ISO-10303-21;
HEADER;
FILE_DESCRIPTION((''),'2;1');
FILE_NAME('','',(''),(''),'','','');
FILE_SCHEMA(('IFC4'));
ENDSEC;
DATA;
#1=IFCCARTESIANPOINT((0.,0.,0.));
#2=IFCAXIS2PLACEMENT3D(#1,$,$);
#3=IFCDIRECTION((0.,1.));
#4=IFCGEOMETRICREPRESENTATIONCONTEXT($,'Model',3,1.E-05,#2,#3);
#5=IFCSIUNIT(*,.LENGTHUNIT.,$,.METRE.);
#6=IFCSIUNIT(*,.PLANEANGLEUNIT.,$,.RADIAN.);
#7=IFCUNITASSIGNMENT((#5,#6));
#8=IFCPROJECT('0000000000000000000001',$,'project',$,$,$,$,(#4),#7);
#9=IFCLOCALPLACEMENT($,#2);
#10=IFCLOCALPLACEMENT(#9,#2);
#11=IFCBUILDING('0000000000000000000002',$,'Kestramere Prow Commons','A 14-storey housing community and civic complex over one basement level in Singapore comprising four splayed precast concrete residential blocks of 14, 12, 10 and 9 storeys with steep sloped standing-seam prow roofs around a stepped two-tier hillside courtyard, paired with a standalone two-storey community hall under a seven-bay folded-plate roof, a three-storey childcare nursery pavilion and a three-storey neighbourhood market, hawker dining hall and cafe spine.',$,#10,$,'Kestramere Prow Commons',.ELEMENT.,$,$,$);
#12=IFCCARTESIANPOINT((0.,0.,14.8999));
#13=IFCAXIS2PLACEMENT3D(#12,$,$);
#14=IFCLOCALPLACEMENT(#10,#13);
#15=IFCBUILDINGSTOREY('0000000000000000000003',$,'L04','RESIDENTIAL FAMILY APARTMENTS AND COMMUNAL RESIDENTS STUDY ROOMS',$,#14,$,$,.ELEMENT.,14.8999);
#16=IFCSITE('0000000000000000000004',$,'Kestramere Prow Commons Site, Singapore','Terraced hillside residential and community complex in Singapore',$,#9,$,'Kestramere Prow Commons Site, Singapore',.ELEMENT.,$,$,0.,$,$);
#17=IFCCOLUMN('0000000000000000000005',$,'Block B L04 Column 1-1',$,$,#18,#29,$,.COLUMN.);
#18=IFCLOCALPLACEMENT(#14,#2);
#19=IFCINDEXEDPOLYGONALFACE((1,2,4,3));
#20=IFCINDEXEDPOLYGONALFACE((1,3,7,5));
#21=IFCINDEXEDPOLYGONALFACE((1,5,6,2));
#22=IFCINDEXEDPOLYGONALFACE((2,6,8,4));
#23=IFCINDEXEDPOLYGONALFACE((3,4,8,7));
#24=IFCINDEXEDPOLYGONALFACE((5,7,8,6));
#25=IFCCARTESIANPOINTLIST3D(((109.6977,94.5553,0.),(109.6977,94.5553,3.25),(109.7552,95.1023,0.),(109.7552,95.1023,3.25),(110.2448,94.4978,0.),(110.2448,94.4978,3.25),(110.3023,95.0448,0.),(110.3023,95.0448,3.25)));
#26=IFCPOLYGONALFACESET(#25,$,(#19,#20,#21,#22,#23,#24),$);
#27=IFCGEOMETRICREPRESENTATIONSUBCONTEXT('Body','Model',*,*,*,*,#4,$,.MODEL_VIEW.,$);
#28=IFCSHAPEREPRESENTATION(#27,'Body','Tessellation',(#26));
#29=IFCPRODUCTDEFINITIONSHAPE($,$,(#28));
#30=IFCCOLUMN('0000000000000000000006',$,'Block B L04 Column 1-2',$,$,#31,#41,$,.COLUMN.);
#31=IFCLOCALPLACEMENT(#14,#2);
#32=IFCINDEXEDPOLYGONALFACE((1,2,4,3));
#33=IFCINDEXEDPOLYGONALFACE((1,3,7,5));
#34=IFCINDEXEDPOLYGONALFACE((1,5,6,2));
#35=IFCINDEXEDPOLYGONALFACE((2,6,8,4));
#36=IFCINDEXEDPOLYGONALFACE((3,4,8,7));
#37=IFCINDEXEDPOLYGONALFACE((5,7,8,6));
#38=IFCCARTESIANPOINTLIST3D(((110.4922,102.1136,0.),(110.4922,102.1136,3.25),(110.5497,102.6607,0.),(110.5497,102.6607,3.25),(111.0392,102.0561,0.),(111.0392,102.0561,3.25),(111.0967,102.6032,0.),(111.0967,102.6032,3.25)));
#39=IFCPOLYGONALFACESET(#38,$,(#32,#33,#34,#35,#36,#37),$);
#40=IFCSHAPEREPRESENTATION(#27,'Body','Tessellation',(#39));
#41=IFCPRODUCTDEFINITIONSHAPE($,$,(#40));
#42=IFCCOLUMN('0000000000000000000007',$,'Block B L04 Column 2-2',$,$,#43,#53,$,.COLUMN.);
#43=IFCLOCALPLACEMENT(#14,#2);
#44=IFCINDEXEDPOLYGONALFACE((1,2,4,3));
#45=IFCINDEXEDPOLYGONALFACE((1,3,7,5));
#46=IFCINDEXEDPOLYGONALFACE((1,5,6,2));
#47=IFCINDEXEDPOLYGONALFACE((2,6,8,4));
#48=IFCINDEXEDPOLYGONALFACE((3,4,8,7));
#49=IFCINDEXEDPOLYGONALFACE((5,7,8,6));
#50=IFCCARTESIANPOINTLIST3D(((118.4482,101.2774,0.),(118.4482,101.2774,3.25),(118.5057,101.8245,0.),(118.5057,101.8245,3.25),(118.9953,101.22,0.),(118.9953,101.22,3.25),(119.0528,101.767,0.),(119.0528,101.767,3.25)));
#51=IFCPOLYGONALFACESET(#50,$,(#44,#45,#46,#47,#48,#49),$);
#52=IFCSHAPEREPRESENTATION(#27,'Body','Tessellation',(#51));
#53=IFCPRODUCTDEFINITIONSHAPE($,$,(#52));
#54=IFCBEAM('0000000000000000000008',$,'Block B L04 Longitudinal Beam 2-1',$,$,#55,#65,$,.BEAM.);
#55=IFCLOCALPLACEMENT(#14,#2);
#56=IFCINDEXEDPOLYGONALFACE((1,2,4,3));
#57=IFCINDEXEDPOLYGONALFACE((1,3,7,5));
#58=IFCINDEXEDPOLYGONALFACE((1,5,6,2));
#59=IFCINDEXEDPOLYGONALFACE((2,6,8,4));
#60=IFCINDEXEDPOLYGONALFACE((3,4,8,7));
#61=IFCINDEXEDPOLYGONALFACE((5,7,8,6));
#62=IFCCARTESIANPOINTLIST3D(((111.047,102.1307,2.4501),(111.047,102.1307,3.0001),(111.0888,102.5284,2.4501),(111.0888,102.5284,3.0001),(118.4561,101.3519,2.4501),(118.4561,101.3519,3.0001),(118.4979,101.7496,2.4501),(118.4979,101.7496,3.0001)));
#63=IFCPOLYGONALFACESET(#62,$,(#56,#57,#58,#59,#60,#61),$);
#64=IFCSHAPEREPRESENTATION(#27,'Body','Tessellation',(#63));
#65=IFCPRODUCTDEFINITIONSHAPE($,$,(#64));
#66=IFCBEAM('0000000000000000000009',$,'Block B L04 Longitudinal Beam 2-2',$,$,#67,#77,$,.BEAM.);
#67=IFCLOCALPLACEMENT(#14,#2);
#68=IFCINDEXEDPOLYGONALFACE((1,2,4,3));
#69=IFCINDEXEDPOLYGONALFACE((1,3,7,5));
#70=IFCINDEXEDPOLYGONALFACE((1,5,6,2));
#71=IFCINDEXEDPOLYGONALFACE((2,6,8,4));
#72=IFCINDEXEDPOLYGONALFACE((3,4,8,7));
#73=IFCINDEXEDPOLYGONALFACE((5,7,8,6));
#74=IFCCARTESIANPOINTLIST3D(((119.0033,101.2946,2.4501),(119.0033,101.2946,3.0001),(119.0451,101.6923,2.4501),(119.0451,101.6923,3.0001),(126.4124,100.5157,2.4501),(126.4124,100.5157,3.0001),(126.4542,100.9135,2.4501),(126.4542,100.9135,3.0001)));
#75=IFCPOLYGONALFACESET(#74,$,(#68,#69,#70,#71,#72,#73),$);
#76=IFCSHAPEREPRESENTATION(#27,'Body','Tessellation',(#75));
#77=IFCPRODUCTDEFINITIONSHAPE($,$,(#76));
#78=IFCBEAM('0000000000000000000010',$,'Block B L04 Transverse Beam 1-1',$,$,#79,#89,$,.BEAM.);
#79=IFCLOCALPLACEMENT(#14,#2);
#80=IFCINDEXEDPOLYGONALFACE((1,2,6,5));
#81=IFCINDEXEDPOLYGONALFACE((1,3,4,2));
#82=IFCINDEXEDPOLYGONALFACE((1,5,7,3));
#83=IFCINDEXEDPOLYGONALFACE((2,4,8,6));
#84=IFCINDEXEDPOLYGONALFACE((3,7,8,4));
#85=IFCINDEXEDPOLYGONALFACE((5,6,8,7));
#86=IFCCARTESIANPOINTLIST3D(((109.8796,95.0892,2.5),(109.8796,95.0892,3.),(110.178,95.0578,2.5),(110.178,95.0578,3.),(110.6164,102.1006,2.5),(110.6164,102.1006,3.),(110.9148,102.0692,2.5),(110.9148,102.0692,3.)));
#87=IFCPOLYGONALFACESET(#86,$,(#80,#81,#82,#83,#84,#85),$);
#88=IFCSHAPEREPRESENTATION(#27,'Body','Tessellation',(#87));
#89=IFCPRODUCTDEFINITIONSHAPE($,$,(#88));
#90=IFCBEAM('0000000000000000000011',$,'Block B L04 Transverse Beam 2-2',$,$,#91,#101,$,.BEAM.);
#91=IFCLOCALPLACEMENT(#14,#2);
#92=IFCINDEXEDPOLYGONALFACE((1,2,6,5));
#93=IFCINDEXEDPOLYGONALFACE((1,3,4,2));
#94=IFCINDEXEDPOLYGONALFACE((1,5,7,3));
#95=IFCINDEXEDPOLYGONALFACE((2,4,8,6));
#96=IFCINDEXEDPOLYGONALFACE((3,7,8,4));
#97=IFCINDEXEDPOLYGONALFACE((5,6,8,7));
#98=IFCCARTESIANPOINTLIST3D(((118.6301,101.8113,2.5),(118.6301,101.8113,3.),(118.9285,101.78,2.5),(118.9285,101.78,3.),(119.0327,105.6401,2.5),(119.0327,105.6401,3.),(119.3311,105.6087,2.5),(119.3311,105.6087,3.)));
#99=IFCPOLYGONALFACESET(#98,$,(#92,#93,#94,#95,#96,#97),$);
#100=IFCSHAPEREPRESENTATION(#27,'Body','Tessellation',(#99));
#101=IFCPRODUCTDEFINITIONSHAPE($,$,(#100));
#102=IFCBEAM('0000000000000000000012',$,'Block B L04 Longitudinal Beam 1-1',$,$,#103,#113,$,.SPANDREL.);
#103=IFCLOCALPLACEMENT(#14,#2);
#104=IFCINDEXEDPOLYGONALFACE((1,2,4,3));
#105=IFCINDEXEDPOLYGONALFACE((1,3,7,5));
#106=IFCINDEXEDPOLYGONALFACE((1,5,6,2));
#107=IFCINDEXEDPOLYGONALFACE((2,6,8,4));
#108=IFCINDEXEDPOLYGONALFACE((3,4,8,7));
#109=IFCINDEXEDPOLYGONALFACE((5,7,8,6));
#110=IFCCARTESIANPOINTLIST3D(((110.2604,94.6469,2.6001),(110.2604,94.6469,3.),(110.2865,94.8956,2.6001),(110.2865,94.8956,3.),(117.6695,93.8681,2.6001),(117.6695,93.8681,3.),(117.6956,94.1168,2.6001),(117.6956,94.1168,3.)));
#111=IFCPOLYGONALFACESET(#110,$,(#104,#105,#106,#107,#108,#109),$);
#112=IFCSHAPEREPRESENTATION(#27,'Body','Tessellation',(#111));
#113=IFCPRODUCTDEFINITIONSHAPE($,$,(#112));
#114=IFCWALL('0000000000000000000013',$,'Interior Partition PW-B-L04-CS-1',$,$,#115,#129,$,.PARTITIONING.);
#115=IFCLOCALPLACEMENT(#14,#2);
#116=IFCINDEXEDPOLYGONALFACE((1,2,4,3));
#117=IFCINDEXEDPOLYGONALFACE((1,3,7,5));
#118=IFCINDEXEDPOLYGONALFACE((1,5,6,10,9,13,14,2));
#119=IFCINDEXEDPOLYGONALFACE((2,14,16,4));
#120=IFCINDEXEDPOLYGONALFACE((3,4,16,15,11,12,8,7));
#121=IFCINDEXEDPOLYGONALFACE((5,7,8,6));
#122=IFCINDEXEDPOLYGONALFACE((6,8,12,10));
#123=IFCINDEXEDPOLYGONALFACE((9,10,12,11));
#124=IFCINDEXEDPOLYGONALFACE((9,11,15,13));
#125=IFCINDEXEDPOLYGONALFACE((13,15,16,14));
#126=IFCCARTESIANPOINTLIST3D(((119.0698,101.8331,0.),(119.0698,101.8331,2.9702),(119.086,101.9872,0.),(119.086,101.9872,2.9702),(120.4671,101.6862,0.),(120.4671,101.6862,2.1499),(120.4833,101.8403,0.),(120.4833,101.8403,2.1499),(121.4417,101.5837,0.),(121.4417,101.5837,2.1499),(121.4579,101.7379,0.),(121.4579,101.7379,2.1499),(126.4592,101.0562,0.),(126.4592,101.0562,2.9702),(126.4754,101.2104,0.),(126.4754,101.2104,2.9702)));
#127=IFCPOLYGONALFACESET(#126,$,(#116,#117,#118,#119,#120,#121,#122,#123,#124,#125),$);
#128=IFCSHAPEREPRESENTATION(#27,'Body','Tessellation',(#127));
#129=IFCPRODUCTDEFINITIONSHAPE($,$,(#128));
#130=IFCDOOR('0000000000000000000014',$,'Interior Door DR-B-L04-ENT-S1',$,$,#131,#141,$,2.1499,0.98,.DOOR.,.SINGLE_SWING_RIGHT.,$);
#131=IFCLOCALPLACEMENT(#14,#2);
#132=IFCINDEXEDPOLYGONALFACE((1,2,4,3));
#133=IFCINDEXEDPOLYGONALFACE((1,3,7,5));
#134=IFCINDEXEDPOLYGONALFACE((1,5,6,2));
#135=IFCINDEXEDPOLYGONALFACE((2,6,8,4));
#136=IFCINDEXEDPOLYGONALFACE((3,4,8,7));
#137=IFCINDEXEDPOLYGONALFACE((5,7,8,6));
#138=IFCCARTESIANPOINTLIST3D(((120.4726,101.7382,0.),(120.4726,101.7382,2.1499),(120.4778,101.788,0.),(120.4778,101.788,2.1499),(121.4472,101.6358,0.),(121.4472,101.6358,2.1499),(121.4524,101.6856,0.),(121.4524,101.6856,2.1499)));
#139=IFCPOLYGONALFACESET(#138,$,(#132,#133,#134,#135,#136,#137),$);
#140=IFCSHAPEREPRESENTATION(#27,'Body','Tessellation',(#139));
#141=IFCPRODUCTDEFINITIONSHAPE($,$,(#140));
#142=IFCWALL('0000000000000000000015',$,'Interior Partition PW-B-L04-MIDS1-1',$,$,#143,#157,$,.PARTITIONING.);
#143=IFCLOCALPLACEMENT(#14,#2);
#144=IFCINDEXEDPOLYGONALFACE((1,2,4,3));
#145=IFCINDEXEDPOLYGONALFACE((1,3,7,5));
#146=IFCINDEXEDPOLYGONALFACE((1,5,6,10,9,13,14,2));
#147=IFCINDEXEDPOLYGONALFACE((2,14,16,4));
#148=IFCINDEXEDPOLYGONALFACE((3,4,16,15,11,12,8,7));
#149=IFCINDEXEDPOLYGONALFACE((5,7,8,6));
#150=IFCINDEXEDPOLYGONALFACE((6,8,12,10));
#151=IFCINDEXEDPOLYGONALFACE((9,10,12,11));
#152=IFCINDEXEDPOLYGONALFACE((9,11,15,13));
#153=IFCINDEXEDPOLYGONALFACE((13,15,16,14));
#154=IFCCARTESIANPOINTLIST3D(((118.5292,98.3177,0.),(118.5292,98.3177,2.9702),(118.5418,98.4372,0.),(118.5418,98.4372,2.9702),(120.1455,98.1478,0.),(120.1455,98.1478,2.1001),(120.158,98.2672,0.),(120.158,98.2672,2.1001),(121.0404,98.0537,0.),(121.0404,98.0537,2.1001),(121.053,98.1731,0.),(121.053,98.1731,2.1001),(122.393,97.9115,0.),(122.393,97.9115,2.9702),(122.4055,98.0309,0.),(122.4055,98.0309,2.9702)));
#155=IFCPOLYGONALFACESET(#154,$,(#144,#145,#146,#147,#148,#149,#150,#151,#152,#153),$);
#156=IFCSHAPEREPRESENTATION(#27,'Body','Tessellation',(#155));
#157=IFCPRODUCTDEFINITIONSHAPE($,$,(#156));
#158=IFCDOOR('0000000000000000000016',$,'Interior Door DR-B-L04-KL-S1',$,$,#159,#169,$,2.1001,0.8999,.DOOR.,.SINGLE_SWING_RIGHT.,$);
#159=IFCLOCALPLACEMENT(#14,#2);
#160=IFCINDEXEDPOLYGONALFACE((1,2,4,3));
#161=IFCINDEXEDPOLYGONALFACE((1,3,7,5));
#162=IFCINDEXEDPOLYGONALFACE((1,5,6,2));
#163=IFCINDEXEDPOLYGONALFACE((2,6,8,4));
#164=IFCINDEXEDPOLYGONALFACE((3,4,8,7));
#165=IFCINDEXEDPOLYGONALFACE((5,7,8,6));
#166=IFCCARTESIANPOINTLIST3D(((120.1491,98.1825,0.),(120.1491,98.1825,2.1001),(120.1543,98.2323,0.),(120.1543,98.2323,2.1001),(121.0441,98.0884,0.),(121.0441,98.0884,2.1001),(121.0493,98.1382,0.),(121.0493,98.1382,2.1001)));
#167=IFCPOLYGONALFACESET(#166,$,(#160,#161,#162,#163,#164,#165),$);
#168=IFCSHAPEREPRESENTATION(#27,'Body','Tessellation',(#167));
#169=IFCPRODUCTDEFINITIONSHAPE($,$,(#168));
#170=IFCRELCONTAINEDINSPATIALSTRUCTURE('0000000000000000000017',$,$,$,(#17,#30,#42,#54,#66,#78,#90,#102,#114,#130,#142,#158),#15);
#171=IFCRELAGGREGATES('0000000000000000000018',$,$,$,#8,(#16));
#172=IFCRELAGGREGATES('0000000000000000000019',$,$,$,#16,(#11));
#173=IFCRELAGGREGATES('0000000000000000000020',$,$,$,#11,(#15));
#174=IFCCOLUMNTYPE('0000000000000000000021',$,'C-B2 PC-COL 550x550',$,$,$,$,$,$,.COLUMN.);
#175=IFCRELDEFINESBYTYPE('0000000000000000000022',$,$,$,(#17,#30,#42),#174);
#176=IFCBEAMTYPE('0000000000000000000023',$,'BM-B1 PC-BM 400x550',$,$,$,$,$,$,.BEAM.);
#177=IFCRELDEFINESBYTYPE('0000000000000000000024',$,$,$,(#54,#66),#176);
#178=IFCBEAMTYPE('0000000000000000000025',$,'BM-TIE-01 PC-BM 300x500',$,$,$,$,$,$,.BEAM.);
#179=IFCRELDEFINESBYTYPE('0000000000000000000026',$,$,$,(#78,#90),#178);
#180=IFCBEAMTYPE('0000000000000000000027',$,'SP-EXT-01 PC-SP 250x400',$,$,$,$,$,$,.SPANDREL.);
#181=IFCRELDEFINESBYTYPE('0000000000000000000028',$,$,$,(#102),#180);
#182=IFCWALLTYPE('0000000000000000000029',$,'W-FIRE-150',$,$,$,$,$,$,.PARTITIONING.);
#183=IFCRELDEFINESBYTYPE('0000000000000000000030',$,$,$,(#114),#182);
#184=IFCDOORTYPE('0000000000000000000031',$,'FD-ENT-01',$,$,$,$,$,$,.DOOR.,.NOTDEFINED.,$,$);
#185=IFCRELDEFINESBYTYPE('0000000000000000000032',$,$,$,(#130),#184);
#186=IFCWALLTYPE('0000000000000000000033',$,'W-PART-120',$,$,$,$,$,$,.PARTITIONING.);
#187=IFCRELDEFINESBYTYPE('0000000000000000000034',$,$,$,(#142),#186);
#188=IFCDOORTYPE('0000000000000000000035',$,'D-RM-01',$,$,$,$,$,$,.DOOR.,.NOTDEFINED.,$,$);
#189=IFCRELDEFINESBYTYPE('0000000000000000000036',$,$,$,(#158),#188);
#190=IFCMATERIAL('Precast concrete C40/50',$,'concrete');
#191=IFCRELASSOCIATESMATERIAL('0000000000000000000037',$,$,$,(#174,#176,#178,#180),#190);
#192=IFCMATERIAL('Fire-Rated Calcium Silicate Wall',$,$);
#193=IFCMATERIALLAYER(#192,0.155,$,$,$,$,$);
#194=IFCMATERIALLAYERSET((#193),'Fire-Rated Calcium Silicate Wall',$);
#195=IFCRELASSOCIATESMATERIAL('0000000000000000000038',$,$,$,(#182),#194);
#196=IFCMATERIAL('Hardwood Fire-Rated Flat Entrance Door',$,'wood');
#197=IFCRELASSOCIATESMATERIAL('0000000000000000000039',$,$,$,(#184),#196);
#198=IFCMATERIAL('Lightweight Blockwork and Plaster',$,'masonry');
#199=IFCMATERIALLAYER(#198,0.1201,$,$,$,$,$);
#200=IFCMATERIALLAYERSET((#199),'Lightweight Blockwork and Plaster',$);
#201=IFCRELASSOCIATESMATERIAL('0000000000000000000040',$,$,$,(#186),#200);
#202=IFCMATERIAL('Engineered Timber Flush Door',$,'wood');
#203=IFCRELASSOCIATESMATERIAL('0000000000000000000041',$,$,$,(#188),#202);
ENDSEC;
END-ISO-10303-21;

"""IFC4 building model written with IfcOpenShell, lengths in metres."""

from ifc_helpers import new_model, si_unit, direction, frame, frame_2d, origin, origin_2d, place, context, subcontext, project, spatial, rectangle, extrude, material, layer, layer_set, material_profile, profile_set, type_object, element, fill, save


model = new_model("IFC4")

# Units and contexts
model_context = context("Model", 3, precision=1e-05, world=origin(), true_north=direction((0.0, 1.0)))
body_context = subcontext(model_context, "Body", "Model", "MODEL_VIEW")
ifc_project = project(units=[si_unit("LENGTHUNIT", "METRE"), si_unit("PLANEANGLEUNIT", "RADIAN")], contexts=[model_context])

# Site, building, storey
site_placement = place(None, origin())
site = spatial("IfcSite", under=ifc_project, at=site_placement, Name="Kestramere Prow Commons Site, Singapore", Description="Terraced hillside residential and community complex in Singapore", LongName="Kestramere Prow Commons Site, Singapore", CompositionType="ELEMENT", RefElevation=0.0)
building_placement = place(site_placement, origin())
building = spatial("IfcBuilding", under=site, at=building_placement, Name="Kestramere Prow Commons", Description="A 14-storey housing community and civic complex over one basement level in Singapore comprising four splayed precast concrete residential blocks of 14, 12, 10 and 9 storeys with steep sloped standing-seam prow roofs around a stepped two-tier hillside courtyard, paired with a standalone two-storey community hall under a seven-bay folded-plate roof, a three-storey childcare nursery pavilion and a three-storey neighbourhood market, hawker dining hall and cafe spine.", LongName="Kestramere Prow Commons", CompositionType="ELEMENT")
storey_placement = place(building_placement, frame((0.0, 0.0, 14.8999)))
storey = spatial("IfcBuildingStorey", under=building, at=storey_placement, Name="L04", Description="RESIDENTIAL FAMILY APARTMENTS AND COMMUNAL RESIDENTS STUDY ROOMS", CompositionType="ELEMENT", Elevation=14.8999)

# Columns
ifc_material_1 = material(Name="Precast concrete C40/50", Category="concrete")
ifc_material_profile_1 = material_profile(ifc_material_1, rectangle(XDim=0.55, YDim=0.55, at=origin_2d()), Name="PC-COL 550x550")
ifc_profile_set_1 = profile_set([ifc_material_profile_1], Name="Precast concrete C40/50")
column_type = type_object("IfcColumnType", Name="C-B2 PC-COL 550x550", PredefinedType="COLUMN", material=ifc_profile_set_1)
for number, where, z_axis, x_axis, name in (
    (1, (110.0, 94.8, 0.0), (0.0, 0.0, 1.0), (0.994522, -0.104528, 0.0), "Block B L04 Column 1-1"),
    (2, (110.7944, 102.3584, 0.0), (0.0, 0.0, 1.0), (0.994522, -0.104528, 0.0), "Block B L04 Column 1-2"),
    (3, (118.7505, 101.5222, 0.0), (0.0, 0.0, 1.0), (0.994522, -0.104528, 0.0), "Block B L04 Column 2-2"),
):
    element("IfcColumn", number, at=place(storey_placement, frame(where, z_axis=z_axis, x_axis=x_axis)), inside=storey, type_object=column_type, Name=name, PredefinedType="COLUMN", context=body_context, shape_type="SweptSolid", body=[
        extrude(rectangle(XDim=0.55, YDim=0.55, at=origin_2d()), origin(), (0.0, 0.0, 1.0), 3.25),
    ])

# Beams
ifc_material_profile_2 = material_profile(ifc_material_1, rectangle(XDim=0.3999, YDim=0.55, at=origin_2d()), Name="PC-BM 400x550")
ifc_profile_set_2 = profile_set([ifc_material_profile_2], Name="Precast concrete C40/50")
beam_type_1 = type_object("IfcBeamType", Name="BM-B1 PC-BM 400x550", PredefinedType="BEAM", material=ifc_profile_set_2)
for number, where, z_axis, x_axis, name in (
    (4, (111.0679, 102.3296, 2.7251), (0.994521, -0.104538, 0.0), (0.104538, 0.994521, 0.0), "Block B L04 Longitudinal Beam 2-1"),
    (5, (119.0242, 101.4934, 2.7251), (0.994521, -0.104538, 0.0), (0.104538, 0.994521, 0.0), "Block B L04 Longitudinal Beam 2-2"),
):
    element("IfcBeam", number, at=place(storey_placement, frame(where, z_axis=z_axis, x_axis=x_axis)), inside=storey, type_object=beam_type_1, Name=name, PredefinedType="BEAM", context=body_context, shape_type="SweptSolid", body=[
        extrude(rectangle(XDim=0.3999, YDim=0.55, at=origin_2d()), origin(), (0.0, 0.0, 1.0), 7.45),
    ])
ifc_material_profile_3 = material_profile(ifc_material_1, rectangle(XDim=0.3, YDim=0.5, at=origin_2d()), Name="PC-BM 300x500")
ifc_profile_set_3 = profile_set([ifc_material_profile_3], Name="Precast concrete C40/50")
beam_type_2 = type_object("IfcBeamType", Name="BM-TIE-01 PC-BM 300x500", PredefinedType="BEAM", material=ifc_profile_set_3)
beam_1_placement = place(storey_placement, frame((110.0288, 95.0735, 2.75), z_axis=(0.104512, 0.994524, 0.0), x_axis=(-0.994524, 0.104512, 0.0)))
element("IfcBeam", 6, at=beam_1_placement, inside=storey, type_object=beam_type_2, Name="Block B L04 Transverse Beam 1-1", PredefinedType="BEAM", context=body_context, shape_type="SweptSolid", body=[
    extrude(rectangle(XDim=0.3, YDim=0.5, at=origin_2d()), origin(), (0.0, 0.0, 1.0), 7.05),
])
beam_2_placement = place(storey_placement, frame((118.7793, 101.7957, 2.75), z_axis=(0.104569, 0.994518, 0.0), x_axis=(-0.994518, 0.104569, 0.0)))
element("IfcBeam", 7, at=beam_2_placement, inside=storey, type_object=beam_type_2, Name="Block B L04 Transverse Beam 2-2", PredefinedType="BEAM", context=body_context, shape_type="SweptSolid", body=[
    extrude(rectangle(XDim=0.3, YDim=0.5, at=origin_2d()), origin(), (0.0, 0.0, 1.0), 3.8499),
])
ifc_material_profile_4 = material_profile(ifc_material_1, rectangle(XDim=0.25, YDim=0.3999, at=origin_2d()), Name="PC-SP 250x400")
ifc_profile_set_4 = profile_set([ifc_material_profile_4], Name="Precast concrete C40/50")
beam_type_3 = type_object("IfcBeamType", Name="SP-EXT-01 PC-SP 250x400", PredefinedType="SPANDREL", material=ifc_profile_set_4)
beam_3_placement = place(storey_placement, frame((110.2734, 94.7712, 2.8), z_axis=(0.994521, -0.104538, 0.0), x_axis=(0.104538, 0.994521, 0.0)))
element("IfcBeam", 8, at=beam_3_placement, inside=storey, type_object=beam_type_3, Name="Block B L04 Longitudinal Beam 1-1", PredefinedType="SPANDREL", context=body_context, shape_type="SweptSolid", body=[
    extrude(rectangle(XDim=0.25, YDim=0.3999, at=origin_2d()), origin(), (0.0, 0.0, 1.0), 7.45),
])

# Walls, openings, doors
ifc_material_2 = material(Name="Fire-Rated Calcium Silicate Wall")
ifc_layer_1 = layer(ifc_material_2, 0.155)
ifc_layer_set_1 = layer_set([ifc_layer_1], Name="Fire-Rated Calcium Silicate Wall")
wall_type_1 = type_object("IfcWallType", Name="W-FIRE-150", PredefinedType="PARTITIONING", material=ifc_layer_set_1)
wall_1_placement = place(storey_placement, frame((119.0779, 101.9102, 0.0), z_axis=(0.0, 0.0, 1.0), x_axis=(0.994519, -0.104555, 0.0)))
wall_1 = element("IfcWall", 9, at=wall_1_placement, inside=storey, type_object=wall_type_1, Name="Interior Partition PW-B-L04-CS-1", PredefinedType="PARTITIONING", context=body_context, shape_type="SweptSolid", body=[
    extrude(rectangle(XDim=7.4302, YDim=0.155, at=frame_2d((3.7151, 0.0))), origin(), (0.0, 0.0, 1.0), 2.9702),
])
opening_1_placement = place(wall_1_placement, frame((1.405, 0.0, 0.0)))
opening_1 = element("IfcOpeningElement", 10, at=opening_1_placement, cuts=wall_1, PredefinedType="OPENING", context=body_context, shape_type="SweptSolid", body=[
    extrude(rectangle(XDim=0.98, YDim=2.1499, at=frame_2d((0.49, 1.075))), frame((0.0, 0.0925, 0.0), z_axis=(0.0, -1.0, 0.0), x_axis=(1.0, 0.0, 0.0)), (0.0, 0.0, 1.0), 0.1851),
])
ifc_material_3 = material(Name="Hardwood Fire-Rated Flat Entrance Door", Category="wood")
door_type_1 = type_object("IfcDoorType", Name="FD-ENT-01", OperationType="NOTDEFINED", PredefinedType="DOOR", material=ifc_material_3)
door_1_placement = place(opening_1_placement, origin())
door_1 = element("IfcDoor", 11, at=door_1_placement, inside=storey, type_object=door_type_1, Name="Interior Door DR-B-L04-ENT-S1", OperationType="SINGLE_SWING_RIGHT", OverallHeight=2.1499, OverallWidth=0.98, PredefinedType="DOOR", context=body_context, shape_type="SweptSolid", body=[
    extrude(rectangle(XDim=0.98, YDim=2.1499, at=frame_2d((0.49, 1.075))), frame((0.0, 0.0249, 0.0), z_axis=(0.0, -1.0, 0.0), x_axis=(1.0, 0.0, 0.0)), (0.0, 0.0, 1.0), 0.05),
])
fill(opening_1, door_1)
ifc_material_4 = material(Name="Lightweight Blockwork and Plaster", Category="masonry")
ifc_layer_2 = layer(ifc_material_4, 0.1201)
ifc_layer_set_2 = layer_set([ifc_layer_2], Name="Lightweight Blockwork and Plaster")
wall_type_2 = type_object("IfcWallType", Name="W-PART-120", PredefinedType="PARTITIONING", material=ifc_layer_set_2)
wall_2_placement = place(storey_placement, frame((118.5356, 98.3774, 0.0), z_axis=(0.0, 0.0, 1.0), x_axis=(0.994518, -0.104567, 0.0)))
wall_2 = element("IfcWall", 12, at=wall_2_placement, inside=storey, type_object=wall_type_2, Name="Interior Partition PW-B-L04-MIDS1-1", PredefinedType="PARTITIONING", context=body_context, shape_type="SweptSolid", body=[
    extrude(rectangle(XDim=3.885, YDim=0.1201, at=frame_2d((1.9424, 0.0))), origin(), (0.0, 0.0, 1.0), 2.9702),
])
opening_2_placement = place(wall_2_placement, frame((1.625, 0.0, 0.0)))
opening_2 = element("IfcOpeningElement", 13, at=opening_2_placement, cuts=wall_2, PredefinedType="OPENING", context=body_context, shape_type="SweptSolid", body=[
    extrude(rectangle(XDim=0.8999, YDim=2.1001, at=frame_2d((0.45, 1.05))), frame((0.0, 0.075, 0.0), z_axis=(0.0, -1.0, 0.0), x_axis=(1.0, 0.0, 0.0)), (0.0, 0.0, 1.0), 0.1501),
])
ifc_material_5 = material(Name="Engineered Timber Flush Door", Category="wood")
door_type_2 = type_object("IfcDoorType", Name="D-RM-01", OperationType="NOTDEFINED", PredefinedType="DOOR", material=ifc_material_5)
door_2_placement = place(opening_2_placement, origin())
door_2 = element("IfcDoor", 14, at=door_2_placement, inside=storey, type_object=door_type_2, Name="Interior Door DR-B-L04-KL-S1", OperationType="SINGLE_SWING_RIGHT", OverallHeight=2.1001, OverallWidth=0.8999, PredefinedType="DOOR", context=body_context, shape_type="SweptSolid", body=[
    extrude(rectangle(XDim=0.8999, YDim=2.1001, at=frame_2d((0.45, 1.05))), frame((0.0, 0.0249, 0.0), z_axis=(0.0, -1.0, 0.0), x_axis=(1.0, 0.0, 0.0)), (0.0, 0.0, 1.0), 0.05),
])
fill(opening_2, door_2)

save(model, "model.ifc")
